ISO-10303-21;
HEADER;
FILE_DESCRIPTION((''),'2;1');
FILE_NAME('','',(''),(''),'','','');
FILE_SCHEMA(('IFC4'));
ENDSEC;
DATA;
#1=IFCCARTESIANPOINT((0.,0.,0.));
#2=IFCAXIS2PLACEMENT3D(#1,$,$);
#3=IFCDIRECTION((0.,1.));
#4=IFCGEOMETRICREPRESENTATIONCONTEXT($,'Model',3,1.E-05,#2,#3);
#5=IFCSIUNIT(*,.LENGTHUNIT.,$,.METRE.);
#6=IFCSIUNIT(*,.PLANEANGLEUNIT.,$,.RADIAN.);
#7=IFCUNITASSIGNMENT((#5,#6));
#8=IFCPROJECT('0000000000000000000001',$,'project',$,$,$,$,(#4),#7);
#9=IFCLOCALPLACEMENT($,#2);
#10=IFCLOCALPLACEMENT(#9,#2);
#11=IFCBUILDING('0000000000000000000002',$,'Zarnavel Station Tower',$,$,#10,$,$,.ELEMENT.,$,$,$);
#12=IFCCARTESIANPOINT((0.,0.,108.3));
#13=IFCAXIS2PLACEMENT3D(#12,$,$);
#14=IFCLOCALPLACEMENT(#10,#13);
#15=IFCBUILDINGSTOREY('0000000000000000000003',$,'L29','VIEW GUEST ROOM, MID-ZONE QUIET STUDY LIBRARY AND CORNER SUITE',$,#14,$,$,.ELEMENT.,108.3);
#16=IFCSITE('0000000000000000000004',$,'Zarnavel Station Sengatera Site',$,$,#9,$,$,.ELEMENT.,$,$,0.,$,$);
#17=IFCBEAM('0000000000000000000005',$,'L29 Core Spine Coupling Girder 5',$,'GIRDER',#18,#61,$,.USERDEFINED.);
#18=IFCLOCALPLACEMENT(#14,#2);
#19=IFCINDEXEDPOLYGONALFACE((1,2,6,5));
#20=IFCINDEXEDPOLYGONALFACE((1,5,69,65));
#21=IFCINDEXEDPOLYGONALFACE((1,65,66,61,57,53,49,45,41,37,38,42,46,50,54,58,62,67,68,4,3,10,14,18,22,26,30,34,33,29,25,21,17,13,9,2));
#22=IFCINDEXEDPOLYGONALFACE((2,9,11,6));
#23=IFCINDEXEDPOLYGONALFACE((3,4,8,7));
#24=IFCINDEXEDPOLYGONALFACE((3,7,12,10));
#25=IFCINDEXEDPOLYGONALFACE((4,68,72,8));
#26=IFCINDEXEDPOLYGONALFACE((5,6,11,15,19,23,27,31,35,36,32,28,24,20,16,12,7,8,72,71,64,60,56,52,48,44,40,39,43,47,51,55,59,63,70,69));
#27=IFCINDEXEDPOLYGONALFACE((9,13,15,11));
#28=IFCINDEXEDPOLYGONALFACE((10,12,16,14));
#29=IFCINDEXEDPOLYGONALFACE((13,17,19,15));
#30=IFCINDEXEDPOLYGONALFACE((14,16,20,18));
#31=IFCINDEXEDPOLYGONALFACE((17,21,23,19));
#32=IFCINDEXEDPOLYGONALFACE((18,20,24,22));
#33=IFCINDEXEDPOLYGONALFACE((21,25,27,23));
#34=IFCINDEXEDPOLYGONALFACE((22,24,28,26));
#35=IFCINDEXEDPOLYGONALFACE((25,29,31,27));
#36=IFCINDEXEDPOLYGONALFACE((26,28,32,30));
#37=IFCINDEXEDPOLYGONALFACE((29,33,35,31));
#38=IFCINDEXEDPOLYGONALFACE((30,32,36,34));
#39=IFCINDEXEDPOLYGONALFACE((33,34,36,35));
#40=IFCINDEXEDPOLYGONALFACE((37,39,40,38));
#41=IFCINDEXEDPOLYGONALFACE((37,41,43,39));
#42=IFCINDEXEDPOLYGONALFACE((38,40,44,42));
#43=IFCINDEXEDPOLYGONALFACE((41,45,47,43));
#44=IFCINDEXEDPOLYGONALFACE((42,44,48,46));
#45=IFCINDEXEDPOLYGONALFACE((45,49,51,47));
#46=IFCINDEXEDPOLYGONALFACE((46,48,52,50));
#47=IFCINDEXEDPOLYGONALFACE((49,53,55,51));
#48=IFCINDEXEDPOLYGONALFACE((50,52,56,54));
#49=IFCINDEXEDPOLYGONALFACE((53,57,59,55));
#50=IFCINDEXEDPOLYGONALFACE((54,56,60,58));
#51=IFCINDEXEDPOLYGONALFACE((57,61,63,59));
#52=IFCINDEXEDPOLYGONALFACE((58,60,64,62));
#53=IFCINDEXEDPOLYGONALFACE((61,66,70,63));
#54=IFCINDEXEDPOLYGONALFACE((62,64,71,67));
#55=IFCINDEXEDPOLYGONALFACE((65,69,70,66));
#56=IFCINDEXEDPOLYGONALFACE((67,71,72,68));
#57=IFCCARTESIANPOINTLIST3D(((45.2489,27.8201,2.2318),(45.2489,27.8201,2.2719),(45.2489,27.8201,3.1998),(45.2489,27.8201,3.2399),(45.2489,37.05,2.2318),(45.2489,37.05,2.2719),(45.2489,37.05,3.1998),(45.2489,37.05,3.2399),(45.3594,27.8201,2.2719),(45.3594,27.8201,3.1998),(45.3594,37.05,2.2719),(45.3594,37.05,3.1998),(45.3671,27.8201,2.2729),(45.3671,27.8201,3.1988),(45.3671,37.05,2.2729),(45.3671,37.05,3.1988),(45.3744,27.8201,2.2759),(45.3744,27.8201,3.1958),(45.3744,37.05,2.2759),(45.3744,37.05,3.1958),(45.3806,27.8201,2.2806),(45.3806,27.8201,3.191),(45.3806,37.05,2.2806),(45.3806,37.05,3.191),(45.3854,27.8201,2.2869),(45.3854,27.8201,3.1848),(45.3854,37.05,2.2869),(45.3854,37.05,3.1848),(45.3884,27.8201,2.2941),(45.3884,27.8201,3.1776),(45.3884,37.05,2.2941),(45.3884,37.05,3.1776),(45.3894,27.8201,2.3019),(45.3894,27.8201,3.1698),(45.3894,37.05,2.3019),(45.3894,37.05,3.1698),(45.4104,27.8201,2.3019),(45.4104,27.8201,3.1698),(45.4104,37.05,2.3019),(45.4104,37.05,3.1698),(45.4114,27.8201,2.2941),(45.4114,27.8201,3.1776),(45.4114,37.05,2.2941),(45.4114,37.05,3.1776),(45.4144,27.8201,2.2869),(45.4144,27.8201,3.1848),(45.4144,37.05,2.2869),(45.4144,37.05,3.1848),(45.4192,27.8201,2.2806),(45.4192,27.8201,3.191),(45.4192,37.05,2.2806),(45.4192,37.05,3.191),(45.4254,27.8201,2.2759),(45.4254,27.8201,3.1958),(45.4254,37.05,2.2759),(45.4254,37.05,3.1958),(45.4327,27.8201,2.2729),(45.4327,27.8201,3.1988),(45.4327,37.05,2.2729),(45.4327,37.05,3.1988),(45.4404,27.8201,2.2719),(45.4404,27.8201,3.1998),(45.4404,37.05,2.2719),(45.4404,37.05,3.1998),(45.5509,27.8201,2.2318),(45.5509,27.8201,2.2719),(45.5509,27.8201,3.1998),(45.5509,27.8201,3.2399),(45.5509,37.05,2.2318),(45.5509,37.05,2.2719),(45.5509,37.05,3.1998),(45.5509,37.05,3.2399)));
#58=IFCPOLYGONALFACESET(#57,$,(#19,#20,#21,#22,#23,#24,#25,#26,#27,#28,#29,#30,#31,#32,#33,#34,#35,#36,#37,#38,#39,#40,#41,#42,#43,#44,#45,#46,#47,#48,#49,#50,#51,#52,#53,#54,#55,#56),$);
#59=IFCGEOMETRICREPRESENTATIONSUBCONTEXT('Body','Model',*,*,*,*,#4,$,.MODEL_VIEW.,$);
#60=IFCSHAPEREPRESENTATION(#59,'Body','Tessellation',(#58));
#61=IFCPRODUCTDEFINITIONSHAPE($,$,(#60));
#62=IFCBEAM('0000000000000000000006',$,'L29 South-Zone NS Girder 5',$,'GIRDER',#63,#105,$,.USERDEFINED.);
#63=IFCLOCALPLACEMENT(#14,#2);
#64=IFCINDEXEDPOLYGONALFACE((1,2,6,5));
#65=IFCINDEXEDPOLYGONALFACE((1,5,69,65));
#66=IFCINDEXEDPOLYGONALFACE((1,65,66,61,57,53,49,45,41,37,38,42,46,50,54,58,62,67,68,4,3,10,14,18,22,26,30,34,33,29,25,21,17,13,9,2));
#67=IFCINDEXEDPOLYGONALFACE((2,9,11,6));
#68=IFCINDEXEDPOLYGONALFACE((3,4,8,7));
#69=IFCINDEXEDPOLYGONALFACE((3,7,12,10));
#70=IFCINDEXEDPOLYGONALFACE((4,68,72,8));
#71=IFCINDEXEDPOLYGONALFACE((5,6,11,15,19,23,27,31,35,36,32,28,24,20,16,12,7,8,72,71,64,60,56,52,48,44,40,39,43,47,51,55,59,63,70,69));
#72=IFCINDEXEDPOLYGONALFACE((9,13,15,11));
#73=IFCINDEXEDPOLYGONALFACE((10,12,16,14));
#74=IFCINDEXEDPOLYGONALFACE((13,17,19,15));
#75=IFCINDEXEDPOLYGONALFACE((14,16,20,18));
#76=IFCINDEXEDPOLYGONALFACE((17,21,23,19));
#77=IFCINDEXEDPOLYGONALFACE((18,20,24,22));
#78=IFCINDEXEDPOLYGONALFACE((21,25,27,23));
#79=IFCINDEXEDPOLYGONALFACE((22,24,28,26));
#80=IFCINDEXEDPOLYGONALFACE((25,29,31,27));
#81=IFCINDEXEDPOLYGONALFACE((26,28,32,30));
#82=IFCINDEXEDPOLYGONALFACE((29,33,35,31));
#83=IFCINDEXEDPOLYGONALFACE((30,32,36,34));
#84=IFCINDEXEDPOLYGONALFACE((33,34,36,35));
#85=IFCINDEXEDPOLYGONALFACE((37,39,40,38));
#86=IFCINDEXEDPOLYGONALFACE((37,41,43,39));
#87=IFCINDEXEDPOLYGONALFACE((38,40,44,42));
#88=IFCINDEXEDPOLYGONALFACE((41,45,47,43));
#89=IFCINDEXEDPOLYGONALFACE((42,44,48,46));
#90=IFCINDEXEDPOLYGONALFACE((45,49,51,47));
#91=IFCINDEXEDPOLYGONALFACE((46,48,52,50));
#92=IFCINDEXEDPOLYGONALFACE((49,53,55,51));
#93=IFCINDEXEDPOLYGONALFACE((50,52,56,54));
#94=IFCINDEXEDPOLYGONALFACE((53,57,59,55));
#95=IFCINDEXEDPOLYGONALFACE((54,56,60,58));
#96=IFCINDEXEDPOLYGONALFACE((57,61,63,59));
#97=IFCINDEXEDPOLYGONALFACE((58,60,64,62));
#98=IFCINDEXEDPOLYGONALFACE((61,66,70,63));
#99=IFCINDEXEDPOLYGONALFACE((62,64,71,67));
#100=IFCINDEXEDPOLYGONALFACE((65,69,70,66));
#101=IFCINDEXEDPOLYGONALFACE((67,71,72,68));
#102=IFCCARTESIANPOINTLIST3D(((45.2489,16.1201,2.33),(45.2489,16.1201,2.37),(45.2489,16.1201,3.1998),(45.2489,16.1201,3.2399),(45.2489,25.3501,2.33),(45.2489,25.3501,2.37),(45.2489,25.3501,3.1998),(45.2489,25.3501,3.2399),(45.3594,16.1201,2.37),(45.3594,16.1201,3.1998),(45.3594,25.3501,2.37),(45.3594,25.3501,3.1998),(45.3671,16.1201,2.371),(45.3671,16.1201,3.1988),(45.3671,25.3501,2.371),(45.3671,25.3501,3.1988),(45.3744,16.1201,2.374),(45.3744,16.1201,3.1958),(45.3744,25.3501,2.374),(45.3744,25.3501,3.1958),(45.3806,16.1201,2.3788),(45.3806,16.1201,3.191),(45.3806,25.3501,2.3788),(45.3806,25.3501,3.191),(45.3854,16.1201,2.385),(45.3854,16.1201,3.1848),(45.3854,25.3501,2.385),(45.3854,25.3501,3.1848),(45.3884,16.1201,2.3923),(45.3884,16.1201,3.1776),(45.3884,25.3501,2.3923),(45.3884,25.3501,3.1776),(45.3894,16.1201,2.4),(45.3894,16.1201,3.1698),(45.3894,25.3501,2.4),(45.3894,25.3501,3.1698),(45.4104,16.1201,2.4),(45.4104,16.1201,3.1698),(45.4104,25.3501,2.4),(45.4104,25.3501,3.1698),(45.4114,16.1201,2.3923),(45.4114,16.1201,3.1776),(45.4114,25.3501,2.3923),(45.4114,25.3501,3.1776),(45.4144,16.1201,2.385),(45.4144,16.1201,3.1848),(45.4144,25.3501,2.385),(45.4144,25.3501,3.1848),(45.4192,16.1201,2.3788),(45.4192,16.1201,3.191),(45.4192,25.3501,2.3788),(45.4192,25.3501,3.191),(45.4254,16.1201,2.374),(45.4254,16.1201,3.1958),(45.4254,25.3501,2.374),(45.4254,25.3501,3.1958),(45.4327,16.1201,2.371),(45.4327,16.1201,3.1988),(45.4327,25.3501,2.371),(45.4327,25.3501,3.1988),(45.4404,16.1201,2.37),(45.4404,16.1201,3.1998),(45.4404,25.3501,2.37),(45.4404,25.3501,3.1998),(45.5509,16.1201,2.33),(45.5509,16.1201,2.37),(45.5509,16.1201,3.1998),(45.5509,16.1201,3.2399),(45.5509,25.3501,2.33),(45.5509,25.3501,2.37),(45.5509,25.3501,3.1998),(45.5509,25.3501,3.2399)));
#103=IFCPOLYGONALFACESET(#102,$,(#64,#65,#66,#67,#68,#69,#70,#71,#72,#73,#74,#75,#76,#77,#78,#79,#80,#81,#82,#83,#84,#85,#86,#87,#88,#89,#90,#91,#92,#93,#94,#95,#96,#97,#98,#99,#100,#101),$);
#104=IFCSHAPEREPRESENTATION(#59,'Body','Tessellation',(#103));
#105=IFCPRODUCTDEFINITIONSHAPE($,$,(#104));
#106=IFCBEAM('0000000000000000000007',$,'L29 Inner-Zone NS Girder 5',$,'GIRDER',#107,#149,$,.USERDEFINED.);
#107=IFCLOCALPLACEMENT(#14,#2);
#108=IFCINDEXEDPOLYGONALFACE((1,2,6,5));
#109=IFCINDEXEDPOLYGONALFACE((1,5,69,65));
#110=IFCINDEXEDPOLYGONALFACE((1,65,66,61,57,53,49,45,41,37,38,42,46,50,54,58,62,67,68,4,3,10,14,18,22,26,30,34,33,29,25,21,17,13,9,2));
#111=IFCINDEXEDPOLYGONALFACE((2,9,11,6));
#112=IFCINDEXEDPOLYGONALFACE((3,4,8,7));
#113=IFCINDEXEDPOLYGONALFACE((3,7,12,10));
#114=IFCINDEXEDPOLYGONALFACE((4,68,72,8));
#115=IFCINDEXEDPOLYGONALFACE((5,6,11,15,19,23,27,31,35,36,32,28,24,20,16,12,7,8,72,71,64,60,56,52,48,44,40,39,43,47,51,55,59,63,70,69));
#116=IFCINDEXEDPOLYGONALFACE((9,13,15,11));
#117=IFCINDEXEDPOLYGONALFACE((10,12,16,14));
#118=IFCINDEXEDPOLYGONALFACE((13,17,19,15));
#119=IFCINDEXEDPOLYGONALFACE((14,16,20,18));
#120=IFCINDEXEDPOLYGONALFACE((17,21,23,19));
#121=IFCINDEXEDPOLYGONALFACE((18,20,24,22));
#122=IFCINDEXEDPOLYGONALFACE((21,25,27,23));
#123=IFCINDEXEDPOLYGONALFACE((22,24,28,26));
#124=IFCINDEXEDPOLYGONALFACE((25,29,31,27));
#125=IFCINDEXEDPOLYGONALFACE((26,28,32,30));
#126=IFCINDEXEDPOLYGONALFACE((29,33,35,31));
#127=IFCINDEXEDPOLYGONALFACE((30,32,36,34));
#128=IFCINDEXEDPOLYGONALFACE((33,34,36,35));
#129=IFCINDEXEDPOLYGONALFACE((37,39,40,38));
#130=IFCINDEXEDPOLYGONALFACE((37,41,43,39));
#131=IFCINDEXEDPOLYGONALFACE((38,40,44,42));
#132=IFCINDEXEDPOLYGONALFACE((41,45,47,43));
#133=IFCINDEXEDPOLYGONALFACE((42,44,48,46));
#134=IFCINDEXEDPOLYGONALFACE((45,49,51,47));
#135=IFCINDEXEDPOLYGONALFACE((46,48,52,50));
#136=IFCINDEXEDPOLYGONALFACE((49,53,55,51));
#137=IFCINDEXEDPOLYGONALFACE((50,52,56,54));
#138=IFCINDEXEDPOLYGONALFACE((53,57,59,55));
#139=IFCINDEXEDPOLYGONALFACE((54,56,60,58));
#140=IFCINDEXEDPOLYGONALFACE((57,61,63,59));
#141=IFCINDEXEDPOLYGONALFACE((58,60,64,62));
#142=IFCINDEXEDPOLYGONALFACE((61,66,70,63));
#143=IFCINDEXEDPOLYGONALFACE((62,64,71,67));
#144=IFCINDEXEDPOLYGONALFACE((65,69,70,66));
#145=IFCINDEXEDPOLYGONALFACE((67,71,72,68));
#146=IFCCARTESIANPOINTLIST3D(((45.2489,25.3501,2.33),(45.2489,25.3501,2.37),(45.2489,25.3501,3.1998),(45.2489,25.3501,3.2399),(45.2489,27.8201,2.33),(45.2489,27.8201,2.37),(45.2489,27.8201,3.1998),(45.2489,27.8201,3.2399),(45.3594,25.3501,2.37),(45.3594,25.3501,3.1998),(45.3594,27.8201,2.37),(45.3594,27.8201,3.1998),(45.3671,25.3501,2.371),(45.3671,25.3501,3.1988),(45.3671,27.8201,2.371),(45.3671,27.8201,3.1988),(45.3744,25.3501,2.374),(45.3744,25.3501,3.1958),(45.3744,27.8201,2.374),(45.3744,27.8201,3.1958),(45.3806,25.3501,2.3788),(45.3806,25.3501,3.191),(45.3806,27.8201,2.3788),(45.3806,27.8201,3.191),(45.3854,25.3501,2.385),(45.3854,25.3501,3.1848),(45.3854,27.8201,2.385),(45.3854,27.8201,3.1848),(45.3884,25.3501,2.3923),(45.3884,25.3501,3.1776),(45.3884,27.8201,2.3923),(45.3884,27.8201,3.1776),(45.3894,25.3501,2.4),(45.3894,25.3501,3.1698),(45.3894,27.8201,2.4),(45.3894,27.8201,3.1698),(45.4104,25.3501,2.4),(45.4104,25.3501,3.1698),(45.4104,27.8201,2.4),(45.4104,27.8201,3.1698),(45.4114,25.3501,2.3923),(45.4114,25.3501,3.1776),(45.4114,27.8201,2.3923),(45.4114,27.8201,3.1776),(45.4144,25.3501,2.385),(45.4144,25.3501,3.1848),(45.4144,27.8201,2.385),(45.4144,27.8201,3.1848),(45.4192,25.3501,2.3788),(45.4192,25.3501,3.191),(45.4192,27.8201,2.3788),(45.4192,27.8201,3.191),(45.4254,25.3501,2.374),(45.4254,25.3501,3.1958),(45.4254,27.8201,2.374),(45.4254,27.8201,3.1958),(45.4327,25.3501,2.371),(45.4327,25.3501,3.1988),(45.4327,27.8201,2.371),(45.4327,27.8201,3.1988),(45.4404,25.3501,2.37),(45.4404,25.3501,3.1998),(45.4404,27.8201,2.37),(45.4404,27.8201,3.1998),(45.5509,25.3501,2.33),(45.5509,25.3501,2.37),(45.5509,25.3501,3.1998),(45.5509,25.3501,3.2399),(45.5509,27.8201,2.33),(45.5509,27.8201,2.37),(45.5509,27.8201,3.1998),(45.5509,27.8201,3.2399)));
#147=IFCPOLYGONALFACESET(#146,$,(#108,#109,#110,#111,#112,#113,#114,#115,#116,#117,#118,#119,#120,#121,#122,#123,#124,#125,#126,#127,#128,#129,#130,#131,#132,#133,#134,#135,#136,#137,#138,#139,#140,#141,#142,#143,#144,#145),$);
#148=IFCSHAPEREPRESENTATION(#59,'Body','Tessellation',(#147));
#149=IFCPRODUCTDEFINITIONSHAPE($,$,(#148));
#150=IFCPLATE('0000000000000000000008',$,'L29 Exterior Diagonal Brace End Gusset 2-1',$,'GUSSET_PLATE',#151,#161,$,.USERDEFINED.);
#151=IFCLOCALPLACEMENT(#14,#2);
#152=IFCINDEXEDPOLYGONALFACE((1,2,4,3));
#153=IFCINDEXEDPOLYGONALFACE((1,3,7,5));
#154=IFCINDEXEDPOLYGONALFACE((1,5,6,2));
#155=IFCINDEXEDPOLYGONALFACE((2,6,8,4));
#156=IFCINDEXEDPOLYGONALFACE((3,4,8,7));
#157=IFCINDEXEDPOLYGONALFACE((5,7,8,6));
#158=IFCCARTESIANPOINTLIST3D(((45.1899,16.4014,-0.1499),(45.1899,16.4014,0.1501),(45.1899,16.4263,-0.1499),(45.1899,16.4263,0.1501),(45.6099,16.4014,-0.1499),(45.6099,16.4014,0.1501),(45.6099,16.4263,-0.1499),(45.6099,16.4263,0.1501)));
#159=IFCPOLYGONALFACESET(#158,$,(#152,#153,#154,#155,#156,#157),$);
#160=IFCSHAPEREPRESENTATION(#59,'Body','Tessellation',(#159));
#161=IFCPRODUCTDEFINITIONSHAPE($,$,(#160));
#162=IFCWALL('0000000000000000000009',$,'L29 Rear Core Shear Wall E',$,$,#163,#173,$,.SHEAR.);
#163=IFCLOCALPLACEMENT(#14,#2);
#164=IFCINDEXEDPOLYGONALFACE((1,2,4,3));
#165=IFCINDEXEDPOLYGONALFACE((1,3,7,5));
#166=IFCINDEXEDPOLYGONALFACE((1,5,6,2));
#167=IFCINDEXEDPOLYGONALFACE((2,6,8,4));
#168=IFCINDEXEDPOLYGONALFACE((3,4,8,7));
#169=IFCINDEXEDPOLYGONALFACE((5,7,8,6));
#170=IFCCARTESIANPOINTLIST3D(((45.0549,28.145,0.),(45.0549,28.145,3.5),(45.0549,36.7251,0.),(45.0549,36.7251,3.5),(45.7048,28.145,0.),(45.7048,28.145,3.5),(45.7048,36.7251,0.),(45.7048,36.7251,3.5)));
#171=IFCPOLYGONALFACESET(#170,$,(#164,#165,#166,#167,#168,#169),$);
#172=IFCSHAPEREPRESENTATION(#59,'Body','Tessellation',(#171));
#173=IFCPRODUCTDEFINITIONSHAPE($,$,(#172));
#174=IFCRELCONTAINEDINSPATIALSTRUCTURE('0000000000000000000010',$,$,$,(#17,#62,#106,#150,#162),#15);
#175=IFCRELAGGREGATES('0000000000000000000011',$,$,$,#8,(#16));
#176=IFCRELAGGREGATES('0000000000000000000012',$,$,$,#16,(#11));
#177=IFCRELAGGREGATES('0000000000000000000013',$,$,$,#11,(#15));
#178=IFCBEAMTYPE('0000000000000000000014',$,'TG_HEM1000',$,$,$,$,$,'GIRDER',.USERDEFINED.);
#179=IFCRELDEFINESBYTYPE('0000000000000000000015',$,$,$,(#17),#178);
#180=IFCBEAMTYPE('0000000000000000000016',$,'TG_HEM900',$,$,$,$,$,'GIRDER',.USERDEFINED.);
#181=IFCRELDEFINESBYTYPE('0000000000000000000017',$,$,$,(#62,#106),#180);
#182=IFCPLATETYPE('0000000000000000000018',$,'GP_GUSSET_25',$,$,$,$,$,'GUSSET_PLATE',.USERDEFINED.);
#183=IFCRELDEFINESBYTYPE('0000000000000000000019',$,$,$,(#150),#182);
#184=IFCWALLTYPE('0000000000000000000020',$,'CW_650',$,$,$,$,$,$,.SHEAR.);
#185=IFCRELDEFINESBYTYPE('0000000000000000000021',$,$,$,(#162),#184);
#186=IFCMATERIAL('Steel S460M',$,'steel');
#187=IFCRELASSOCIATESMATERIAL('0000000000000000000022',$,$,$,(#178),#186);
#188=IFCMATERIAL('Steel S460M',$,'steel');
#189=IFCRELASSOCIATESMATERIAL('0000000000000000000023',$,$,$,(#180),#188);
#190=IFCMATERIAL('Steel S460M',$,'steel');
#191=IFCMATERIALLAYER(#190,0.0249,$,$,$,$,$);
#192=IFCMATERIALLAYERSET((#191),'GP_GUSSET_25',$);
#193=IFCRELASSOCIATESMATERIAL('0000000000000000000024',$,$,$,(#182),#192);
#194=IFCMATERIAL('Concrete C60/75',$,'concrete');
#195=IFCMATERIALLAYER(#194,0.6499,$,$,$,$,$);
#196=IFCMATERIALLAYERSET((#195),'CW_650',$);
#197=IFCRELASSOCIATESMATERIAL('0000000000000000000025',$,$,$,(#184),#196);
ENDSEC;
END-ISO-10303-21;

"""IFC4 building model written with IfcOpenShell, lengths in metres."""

from ifc_helpers import new_model, si_unit, direction, frame, frame_2d, origin, origin_2d, place, context, subcontext, project, spatial, rectangle, i_section, extrude, material, layer, layer_set, material_profile, profile_set, type_object, element, save


model = new_model("IFC4")

# Units and contexts
model_context = context("Model", 3, precision=1e-05, world=origin(), true_north=direction((0.0, 1.0)))
body_context = subcontext(model_context, "Body", "Model", "MODEL_VIEW")
ifc_project = project(units=[si_unit("LENGTHUNIT", "METRE"), si_unit("PLANEANGLEUNIT", "RADIAN")], contexts=[model_context])

# Site, building, storey
site_placement = place(None, origin())
site = spatial("IfcSite", under=ifc_project, at=site_placement, Name="Zarnavel Station Sengatera Site", CompositionType="ELEMENT", RefElevation=0.0)
building_placement = place(site_placement, origin())
building = spatial("IfcBuilding", under=site, at=building_placement, Name="Zarnavel Station Tower", CompositionType="ELEMENT")
storey_placement = place(building_placement, frame((0.0, 0.0, 108.3)))
storey = spatial("IfcBuildingStorey", under=building, at=storey_placement, Name="L29", Description="VIEW GUEST ROOM, MID-ZONE QUIET STUDY LIBRARY AND CORNER SUITE", CompositionType="ELEMENT", Elevation=108.3)

# Beams
ifc_material_1 = material(Name="Steel S460M", Category="steel")
ifc_material_profile_1 = material_profile(ifc_material_1, i_section(OverallWidth=0.302, OverallDepth=1.0081, WebThickness=0.021, FlangeThickness=0.04, FilletRadius=0.03, at=origin_2d()), Name="HEM1000")
ifc_profile_set_1 = profile_set([ifc_material_profile_1], Name="Steel S460M")
beam_type_1 = type_object("IfcBeamType", Name="TG_HEM1000", ElementType="GIRDER", PredefinedType="USERDEFINED", material=ifc_profile_set_1)
beam_1_placement = place(storey_placement, frame((45.3999, 27.8201, 2.7358), z_axis=(0.0, 1.0, 0.0), x_axis=(-1.0, 0.0, 0.0)))
element("IfcBeam", 1, at=beam_1_placement, inside=storey, type_object=beam_type_1, Name="L29 Core Spine Coupling Girder 5", ObjectType="GIRDER", PredefinedType="USERDEFINED", context=body_context, shape_type="SweptSolid", body=[
    extrude(i_section(OverallWidth=0.302, OverallDepth=1.0081, WebThickness=0.021, FlangeThickness=0.04, FilletRadius=0.03, at=origin_2d()), origin(), (0.0, 0.0, 1.0), 9.23),
])
ifc_material_2 = material(Name="Steel S460M", Category="steel")
ifc_material_profile_2 = material_profile(ifc_material_2, i_section(OverallWidth=0.302, OverallDepth=0.9099, WebThickness=0.021, FlangeThickness=0.04, FilletRadius=0.03, at=origin_2d()), Name="HEM900")
ifc_profile_set_2 = profile_set([ifc_material_profile_2], Name="Steel S460M")
beam_type_2 = type_object("IfcBeamType", Name="TG_HEM900", ElementType="GIRDER", PredefinedType="USERDEFINED", material=ifc_profile_set_2)
beam_2_placement = place(storey_placement, frame((45.3999, 16.1201, 2.7849), z_axis=(0.0, 1.0, 0.0), x_axis=(-1.0, 0.0, 0.0)))
element("IfcBeam", 2, at=beam_2_placement, inside=storey, type_object=beam_type_2, Name="L29 South-Zone NS Girder 5", ObjectType="GIRDER", PredefinedType="USERDEFINED", context=body_context, shape_type="SweptSolid", body=[
    extrude(i_section(OverallWidth=0.302, OverallDepth=0.9099, WebThickness=0.021, FlangeThickness=0.04, FilletRadius=0.03, at=origin_2d()), origin(), (0.0, 0.0, 1.0), 9.23),
])
beam_3_placement = place(storey_placement, frame((45.3999, 25.3501, 2.7849), z_axis=(0.0, 1.0, 0.0), x_axis=(-1.0, 0.0, 0.0)))
element("IfcBeam", 3, at=beam_3_placement, inside=storey, type_object=beam_type_2, Name="L29 Inner-Zone NS Girder 5", ObjectType="GIRDER", PredefinedType="USERDEFINED", context=body_context, shape_type="SweptSolid", body=[
    extrude(i_section(OverallWidth=0.302, OverallDepth=0.9099, WebThickness=0.021, FlangeThickness=0.04, FilletRadius=0.03, at=origin_2d()), origin(), (0.0, 0.0, 1.0), 2.47),
])

# Plate
ifc_material_3 = material(Name="Steel S460M", Category="steel")
ifc_layer_1 = layer(ifc_material_3, 0.0249)
ifc_layer_set_1 = layer_set([ifc_layer_1], Name="GP_GUSSET_25")
plate_type = type_object("IfcPlateType", Name="GP_GUSSET_25", ElementType="GUSSET_PLATE", PredefinedType="USERDEFINED", material=ifc_layer_set_1)
plate_placement = place(storey_placement, frame((45.3999, 16.4138, -0.1499), z_axis=(0.0, 0.0, 1.0), x_axis=(1.0, 0.0, 0.0)))
element("IfcPlate", 4, at=plate_placement, inside=storey, type_object=plate_type, Name="L29 Exterior Diagonal Brace End Gusset 2-1", ObjectType="GUSSET_PLATE", PredefinedType="USERDEFINED", context=body_context, shape_type="SweptSolid", body=[
    extrude(rectangle(XDim=0.4199, YDim=0.0249, at=origin_2d()), origin(), (0.0, 0.0, 1.0), 0.3),
])

# Shared definitions
ifc_material_4 = material(Name="Concrete C60/75", Category="concrete")
ifc_layer_2 = layer(ifc_material_4, 0.6499)
ifc_layer_set_2 = layer_set([ifc_layer_2], Name="CW_650")
wall_type_1 = type_object("IfcWallType", Name="CW_650", PredefinedType="SHEAR", material=ifc_layer_set_2)

# Wall
wall_1_placement = place(storey_placement, frame((45.3799, 28.145, 0.0), z_axis=(0.0, 0.0, 1.0), x_axis=(0.0, 1.0, 0.0)))
element("IfcWall", 5, at=wall_1_placement, inside=storey, type_object=wall_type_1, Name="L29 Rear Core Shear Wall E", PredefinedType="SHEAR", context=body_context, shape_type="SweptSolid", body=[
    extrude(rectangle(XDim=8.5801, YDim=0.6499, at=frame_2d((4.29, 0.0))), origin(), (0.0, 0.0, 1.0), 3.5),
])

save(model, "model.ifc")
